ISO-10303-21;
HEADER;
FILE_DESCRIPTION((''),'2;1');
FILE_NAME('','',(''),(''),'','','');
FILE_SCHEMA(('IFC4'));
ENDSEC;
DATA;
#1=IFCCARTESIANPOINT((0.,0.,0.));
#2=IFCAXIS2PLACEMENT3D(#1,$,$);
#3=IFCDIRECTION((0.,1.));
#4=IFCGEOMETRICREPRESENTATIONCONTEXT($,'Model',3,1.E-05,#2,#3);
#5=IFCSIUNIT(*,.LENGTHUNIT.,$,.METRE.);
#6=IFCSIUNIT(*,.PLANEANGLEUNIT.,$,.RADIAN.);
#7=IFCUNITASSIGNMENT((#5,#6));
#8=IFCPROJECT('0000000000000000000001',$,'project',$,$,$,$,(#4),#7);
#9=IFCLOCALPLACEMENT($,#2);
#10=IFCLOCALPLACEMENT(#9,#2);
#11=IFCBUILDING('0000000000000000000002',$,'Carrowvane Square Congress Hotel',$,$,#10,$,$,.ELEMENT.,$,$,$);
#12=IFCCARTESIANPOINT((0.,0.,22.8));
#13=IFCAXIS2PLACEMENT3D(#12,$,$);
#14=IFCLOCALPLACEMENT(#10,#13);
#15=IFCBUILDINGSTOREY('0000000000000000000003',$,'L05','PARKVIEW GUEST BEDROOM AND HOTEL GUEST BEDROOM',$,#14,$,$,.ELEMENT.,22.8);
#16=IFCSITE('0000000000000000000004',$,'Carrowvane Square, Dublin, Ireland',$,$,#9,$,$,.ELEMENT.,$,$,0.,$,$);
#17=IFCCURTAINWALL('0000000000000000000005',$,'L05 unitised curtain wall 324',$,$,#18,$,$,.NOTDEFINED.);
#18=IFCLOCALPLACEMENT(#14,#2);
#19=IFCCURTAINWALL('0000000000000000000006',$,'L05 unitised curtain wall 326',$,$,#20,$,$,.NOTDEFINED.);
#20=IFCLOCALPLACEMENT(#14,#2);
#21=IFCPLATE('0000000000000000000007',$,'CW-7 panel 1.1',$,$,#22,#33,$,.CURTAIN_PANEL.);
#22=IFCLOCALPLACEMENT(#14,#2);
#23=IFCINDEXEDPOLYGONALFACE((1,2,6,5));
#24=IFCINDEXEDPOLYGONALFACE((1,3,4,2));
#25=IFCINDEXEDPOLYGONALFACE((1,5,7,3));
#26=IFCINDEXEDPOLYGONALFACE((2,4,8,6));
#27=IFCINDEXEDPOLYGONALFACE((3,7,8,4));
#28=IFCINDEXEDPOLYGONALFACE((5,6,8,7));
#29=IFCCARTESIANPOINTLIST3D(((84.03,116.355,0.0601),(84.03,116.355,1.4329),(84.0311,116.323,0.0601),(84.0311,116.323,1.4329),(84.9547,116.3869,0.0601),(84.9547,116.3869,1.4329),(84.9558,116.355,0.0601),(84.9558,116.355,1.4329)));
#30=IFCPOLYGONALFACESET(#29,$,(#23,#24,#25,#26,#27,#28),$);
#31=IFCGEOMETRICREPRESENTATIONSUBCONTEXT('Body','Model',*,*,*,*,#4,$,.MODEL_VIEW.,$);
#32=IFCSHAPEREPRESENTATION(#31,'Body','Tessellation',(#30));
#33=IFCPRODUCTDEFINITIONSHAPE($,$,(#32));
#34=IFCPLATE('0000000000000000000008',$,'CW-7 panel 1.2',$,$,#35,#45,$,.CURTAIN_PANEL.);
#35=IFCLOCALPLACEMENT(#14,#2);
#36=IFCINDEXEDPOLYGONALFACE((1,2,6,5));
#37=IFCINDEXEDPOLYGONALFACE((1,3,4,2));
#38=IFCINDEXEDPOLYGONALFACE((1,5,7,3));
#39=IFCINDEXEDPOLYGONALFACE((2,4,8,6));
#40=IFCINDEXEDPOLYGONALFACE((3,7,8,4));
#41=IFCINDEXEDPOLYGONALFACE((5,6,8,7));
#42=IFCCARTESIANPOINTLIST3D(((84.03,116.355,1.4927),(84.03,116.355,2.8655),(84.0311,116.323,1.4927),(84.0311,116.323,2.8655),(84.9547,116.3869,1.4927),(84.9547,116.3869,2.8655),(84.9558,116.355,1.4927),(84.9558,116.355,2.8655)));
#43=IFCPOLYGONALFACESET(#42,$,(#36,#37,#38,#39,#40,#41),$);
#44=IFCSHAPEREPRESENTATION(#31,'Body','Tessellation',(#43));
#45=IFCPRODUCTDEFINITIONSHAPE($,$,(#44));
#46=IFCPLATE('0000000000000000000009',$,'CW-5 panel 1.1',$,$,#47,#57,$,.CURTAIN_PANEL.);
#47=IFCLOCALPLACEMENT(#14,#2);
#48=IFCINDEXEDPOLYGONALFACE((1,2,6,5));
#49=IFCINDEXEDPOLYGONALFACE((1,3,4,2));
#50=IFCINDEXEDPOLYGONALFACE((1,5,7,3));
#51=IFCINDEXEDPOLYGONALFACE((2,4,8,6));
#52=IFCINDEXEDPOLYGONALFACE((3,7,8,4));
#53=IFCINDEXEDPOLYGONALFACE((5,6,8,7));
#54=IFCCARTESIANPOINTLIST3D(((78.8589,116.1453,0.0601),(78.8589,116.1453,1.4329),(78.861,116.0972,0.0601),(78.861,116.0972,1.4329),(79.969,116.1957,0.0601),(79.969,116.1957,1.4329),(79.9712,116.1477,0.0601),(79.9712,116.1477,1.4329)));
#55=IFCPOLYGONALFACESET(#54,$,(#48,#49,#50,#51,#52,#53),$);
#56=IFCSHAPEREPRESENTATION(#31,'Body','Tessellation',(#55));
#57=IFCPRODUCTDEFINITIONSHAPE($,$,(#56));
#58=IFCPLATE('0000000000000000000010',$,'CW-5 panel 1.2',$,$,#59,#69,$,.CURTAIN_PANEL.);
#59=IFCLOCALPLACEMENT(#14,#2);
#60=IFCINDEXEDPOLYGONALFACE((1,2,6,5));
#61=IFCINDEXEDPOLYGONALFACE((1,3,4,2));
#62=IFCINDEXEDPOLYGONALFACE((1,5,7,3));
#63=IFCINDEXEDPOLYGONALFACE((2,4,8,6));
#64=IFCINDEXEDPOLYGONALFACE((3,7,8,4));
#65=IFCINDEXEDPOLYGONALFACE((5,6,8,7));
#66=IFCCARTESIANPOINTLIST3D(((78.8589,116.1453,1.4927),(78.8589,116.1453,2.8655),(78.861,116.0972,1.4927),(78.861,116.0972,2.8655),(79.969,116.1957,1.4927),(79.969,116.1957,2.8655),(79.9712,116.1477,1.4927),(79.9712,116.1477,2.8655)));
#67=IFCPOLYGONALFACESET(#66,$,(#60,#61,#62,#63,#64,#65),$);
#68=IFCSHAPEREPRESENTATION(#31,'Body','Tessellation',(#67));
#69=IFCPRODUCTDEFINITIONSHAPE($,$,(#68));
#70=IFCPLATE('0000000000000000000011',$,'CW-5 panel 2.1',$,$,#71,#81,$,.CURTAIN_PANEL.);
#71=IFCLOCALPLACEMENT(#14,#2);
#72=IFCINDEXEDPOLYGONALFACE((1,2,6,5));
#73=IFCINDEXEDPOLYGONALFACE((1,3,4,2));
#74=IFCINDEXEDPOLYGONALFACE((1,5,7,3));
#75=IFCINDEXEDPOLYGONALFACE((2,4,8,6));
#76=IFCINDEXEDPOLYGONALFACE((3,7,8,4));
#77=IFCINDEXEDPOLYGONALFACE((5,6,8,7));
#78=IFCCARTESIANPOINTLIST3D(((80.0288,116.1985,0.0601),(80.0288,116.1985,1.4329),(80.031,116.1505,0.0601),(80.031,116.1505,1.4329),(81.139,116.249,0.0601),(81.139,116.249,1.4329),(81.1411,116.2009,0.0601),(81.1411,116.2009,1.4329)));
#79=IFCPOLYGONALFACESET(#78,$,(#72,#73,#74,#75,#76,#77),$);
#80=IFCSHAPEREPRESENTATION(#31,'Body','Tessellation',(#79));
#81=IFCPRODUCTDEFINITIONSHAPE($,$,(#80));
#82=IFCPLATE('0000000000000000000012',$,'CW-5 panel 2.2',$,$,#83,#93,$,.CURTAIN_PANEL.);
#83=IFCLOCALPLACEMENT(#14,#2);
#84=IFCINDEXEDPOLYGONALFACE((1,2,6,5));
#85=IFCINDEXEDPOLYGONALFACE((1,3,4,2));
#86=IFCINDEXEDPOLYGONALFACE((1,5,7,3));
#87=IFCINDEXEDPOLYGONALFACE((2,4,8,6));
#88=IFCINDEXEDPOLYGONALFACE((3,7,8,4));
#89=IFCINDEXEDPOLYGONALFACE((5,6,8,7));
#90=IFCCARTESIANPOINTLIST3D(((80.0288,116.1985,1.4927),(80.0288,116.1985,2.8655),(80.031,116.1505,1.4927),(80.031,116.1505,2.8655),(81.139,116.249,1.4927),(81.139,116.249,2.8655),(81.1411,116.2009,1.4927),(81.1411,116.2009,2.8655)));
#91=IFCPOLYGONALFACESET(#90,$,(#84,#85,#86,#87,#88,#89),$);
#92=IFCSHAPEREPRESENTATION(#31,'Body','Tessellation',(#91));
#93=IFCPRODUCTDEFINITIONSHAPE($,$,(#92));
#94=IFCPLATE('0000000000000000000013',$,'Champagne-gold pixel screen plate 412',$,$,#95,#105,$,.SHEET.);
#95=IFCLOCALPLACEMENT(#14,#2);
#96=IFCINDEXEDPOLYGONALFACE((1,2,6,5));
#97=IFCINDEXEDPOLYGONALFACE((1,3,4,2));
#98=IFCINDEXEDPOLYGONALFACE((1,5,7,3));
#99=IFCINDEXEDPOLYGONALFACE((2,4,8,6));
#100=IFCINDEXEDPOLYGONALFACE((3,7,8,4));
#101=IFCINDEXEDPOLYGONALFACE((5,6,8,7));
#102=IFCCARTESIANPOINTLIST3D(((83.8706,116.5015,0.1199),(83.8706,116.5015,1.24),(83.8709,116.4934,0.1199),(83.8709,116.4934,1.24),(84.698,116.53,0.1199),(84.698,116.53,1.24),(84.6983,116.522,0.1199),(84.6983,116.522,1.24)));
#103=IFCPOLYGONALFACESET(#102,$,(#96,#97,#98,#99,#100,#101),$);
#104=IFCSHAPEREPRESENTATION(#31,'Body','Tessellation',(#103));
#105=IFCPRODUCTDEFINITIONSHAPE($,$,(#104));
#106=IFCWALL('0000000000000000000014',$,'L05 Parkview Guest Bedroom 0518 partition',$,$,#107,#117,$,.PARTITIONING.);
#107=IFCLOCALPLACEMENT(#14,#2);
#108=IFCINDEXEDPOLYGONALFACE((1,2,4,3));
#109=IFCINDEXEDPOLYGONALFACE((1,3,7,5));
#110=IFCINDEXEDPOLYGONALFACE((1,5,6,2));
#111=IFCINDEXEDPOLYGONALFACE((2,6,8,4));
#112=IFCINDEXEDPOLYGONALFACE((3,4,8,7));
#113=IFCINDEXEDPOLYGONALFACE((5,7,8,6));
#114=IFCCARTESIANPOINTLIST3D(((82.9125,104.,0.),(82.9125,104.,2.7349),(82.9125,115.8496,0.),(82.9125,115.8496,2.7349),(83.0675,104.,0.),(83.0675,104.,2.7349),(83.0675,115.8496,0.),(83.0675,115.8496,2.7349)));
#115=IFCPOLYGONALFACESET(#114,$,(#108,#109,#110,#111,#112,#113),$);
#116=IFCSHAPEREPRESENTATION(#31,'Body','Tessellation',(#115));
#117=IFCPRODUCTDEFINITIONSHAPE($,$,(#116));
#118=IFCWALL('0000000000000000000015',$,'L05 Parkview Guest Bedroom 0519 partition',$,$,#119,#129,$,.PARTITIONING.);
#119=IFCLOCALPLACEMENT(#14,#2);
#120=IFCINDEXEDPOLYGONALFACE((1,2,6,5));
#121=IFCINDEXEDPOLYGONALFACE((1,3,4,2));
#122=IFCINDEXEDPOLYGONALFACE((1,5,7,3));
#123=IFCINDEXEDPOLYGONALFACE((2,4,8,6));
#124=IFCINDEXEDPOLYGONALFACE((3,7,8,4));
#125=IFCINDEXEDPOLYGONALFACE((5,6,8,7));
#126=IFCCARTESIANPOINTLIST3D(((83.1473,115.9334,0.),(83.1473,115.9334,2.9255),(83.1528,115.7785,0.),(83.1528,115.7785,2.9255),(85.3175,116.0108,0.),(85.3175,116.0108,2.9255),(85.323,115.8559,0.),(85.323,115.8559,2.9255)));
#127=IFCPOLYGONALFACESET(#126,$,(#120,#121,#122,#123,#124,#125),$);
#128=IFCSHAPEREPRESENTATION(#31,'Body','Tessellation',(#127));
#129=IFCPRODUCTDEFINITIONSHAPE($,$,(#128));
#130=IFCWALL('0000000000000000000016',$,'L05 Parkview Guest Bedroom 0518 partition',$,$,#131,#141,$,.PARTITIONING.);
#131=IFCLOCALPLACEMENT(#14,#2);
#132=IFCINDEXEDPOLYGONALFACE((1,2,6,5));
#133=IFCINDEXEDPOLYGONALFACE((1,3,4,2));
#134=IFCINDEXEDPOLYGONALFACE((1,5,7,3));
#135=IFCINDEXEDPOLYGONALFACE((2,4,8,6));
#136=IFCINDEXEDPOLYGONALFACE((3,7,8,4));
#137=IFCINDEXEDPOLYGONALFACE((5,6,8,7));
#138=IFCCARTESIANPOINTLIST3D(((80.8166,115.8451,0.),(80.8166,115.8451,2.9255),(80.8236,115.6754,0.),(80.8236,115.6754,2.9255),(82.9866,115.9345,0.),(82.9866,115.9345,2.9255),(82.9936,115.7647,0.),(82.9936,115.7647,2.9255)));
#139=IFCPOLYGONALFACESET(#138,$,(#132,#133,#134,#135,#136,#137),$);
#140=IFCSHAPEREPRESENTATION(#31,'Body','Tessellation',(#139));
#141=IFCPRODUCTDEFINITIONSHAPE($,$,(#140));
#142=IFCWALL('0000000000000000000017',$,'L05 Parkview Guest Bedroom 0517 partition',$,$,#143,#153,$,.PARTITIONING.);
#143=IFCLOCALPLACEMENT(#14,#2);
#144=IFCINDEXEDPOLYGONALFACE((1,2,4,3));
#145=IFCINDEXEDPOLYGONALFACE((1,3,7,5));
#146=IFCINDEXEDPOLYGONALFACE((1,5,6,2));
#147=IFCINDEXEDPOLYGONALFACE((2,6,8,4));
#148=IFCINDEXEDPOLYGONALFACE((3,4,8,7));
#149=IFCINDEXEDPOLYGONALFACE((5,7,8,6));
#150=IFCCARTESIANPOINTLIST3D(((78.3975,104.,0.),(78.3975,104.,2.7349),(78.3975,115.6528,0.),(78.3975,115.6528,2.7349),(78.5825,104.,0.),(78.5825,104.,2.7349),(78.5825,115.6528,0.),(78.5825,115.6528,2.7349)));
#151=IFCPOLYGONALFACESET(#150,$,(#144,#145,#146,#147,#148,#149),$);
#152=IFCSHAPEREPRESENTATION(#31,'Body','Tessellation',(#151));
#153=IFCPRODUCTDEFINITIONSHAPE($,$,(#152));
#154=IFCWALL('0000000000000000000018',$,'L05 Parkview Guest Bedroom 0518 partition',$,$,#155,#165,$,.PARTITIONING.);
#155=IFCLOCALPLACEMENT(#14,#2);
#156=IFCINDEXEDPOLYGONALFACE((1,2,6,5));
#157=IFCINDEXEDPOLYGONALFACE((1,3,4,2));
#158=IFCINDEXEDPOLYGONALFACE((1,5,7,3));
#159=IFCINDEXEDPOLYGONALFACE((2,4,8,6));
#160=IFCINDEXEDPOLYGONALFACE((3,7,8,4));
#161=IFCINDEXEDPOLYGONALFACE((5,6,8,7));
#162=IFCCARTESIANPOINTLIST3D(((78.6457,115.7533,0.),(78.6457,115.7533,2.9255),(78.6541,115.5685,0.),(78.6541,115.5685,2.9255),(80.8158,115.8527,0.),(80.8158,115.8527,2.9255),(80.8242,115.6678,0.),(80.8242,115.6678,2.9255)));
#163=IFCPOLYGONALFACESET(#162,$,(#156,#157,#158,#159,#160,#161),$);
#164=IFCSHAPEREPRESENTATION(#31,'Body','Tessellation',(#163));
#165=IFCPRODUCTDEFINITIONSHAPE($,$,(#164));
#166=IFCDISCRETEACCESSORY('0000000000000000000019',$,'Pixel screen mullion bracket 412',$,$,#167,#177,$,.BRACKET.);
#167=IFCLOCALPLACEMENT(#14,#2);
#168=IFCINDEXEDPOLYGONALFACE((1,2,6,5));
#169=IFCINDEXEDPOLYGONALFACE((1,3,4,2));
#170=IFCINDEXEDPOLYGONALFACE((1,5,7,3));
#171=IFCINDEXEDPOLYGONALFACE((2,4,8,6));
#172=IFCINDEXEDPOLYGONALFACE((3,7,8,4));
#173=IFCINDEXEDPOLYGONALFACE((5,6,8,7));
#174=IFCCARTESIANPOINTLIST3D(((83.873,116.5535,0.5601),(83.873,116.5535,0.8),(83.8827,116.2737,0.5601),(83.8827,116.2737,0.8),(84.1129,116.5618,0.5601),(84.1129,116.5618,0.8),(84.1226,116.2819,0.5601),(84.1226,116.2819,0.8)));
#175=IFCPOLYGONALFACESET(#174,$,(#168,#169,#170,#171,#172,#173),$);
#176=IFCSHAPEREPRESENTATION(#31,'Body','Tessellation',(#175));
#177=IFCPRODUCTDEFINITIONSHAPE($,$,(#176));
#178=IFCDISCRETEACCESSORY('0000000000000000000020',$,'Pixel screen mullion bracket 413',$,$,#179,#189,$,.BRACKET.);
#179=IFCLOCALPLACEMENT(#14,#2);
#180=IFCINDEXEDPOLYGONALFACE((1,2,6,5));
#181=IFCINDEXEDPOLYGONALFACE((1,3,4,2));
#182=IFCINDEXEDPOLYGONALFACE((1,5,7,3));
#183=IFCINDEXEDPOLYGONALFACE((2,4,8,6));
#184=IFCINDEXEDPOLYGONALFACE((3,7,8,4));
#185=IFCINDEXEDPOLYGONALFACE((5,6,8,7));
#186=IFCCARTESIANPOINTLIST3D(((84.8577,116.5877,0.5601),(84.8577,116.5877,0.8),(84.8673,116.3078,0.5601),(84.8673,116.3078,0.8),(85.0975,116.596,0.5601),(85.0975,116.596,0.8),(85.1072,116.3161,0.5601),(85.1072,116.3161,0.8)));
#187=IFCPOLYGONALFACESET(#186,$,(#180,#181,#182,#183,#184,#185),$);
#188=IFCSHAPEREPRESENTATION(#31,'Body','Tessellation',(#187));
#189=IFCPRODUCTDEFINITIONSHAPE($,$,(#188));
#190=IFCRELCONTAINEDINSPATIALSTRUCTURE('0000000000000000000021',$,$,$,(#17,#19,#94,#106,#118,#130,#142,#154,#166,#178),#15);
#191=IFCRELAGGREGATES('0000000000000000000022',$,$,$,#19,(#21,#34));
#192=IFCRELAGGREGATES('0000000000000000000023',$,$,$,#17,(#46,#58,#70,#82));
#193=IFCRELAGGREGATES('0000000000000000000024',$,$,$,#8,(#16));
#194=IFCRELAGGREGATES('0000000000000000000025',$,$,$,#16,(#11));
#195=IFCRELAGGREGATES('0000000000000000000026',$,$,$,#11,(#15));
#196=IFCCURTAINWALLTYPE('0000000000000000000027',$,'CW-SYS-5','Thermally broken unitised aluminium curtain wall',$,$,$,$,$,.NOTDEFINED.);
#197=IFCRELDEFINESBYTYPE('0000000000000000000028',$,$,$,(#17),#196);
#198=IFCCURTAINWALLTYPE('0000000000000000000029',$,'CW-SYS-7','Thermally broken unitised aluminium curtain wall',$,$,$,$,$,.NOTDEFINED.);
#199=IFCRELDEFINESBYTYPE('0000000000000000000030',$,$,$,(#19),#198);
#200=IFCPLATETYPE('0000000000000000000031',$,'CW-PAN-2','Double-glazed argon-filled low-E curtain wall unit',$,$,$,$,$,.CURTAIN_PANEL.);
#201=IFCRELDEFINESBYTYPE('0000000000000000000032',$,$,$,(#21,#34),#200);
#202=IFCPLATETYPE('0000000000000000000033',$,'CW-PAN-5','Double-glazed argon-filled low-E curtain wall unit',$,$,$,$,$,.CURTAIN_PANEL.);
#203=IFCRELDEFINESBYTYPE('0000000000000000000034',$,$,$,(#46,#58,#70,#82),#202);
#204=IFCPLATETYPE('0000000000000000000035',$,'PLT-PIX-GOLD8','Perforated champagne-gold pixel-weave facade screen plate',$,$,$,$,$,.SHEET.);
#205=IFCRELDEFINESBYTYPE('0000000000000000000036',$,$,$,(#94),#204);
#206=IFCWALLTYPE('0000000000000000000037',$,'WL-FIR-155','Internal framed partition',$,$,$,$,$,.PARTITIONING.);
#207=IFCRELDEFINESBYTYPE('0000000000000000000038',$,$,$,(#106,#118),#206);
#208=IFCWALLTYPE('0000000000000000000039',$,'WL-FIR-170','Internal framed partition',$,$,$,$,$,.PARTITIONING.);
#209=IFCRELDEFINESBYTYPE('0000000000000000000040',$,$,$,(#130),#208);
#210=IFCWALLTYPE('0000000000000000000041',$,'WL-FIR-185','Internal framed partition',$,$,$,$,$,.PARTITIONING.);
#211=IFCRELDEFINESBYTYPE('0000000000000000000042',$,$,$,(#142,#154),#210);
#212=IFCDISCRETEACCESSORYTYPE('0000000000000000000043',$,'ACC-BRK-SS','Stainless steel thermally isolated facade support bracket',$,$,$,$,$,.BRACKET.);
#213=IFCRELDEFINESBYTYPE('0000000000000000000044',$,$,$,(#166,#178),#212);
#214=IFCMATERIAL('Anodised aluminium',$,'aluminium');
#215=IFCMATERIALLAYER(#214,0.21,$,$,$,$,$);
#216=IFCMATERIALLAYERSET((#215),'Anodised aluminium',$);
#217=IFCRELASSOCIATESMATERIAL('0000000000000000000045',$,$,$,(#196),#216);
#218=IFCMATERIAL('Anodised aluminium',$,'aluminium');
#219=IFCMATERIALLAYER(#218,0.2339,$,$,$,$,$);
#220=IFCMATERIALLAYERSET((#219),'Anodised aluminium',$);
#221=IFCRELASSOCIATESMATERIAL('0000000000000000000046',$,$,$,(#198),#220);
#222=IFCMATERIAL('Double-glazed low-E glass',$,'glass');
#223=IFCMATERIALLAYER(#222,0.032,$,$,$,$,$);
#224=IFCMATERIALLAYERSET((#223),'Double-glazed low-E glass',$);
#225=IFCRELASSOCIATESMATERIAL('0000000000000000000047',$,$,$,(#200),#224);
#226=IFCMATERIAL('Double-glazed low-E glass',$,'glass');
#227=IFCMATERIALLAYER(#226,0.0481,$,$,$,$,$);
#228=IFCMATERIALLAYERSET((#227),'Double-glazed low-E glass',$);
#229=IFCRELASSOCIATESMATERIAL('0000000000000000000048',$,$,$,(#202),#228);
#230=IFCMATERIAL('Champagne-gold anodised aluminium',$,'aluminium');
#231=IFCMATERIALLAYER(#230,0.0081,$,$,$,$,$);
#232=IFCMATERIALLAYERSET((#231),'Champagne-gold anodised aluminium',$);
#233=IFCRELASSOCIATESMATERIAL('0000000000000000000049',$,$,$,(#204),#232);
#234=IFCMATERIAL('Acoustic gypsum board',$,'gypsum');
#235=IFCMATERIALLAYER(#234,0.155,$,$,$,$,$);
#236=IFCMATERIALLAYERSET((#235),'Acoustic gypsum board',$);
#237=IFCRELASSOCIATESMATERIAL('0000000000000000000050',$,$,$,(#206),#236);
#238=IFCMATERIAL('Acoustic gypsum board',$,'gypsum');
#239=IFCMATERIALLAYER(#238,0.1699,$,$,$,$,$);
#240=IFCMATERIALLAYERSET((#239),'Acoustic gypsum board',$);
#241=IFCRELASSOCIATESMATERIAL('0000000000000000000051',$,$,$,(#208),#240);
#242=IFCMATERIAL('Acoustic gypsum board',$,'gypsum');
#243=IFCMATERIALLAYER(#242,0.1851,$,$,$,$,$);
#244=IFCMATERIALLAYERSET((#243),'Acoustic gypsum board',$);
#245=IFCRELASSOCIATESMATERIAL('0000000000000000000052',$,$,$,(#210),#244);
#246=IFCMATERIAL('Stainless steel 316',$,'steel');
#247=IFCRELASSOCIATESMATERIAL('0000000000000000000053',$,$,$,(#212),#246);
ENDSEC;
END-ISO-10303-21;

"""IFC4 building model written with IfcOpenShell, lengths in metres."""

from ifc_helpers import new_model, si_unit, direction, frame, frame_2d, origin, origin_2d, place, context, subcontext, project, spatial, rectangle, extrude, material, layer, layer_set, type_object, element, aggregate, save


model = new_model("IFC4")

# Units and contexts
model_context = context("Model", 3, precision=1e-05, world=origin(), true_north=direction((0.0, 1.0)))
body_context = subcontext(model_context, "Body", "Model", "MODEL_VIEW")
ifc_project = project(units=[si_unit("LENGTHUNIT", "METRE"), si_unit("PLANEANGLEUNIT", "RADIAN")], contexts=[model_context])

# Site, building, storey
site_placement = place(None, origin())
site = spatial("IfcSite", under=ifc_project, at=site_placement, Name="Carrowvane Square, Dublin, Ireland", CompositionType="ELEMENT", RefElevation=0.0)
building_placement = place(site_placement, origin())
building = spatial("IfcBuilding", under=site, at=building_placement, Name="Carrowvane Square Congress Hotel", CompositionType="ELEMENT")
storey_placement = place(building_placement, frame((0.0, 0.0, 22.8)))
storey = spatial("IfcBuildingStorey", under=building, at=storey_placement, Name="L05", Description="PARKVIEW GUEST BEDROOM AND HOTEL GUEST BEDROOM", CompositionType="ELEMENT", Elevation=22.8)

# Curtain wall
ifc_material_1 = material(Name="Anodised aluminium", Category="aluminium")
ifc_layer_1 = layer(ifc_material_1, 0.21)
ifc_layer_set_1 = layer_set([ifc_layer_1], Name="Anodised aluminium")
curtain_wall_type_1 = type_object("IfcCurtainWallType", Name="CW-SYS-5", Description="Thermally broken unitised aluminium curtain wall", PredefinedType="NOTDEFINED", material=ifc_layer_set_1)
curtain_wall_1_placement = place(storey_placement, origin())
curtain_wall_1 = element("IfcCurtainWall", 1, at=curtain_wall_1_placement, inside=storey, type_object=curtain_wall_type_1, Name="L05 unitised curtain wall 324", PredefinedType="NOTDEFINED")

# Curtain wall
ifc_material_2 = material(Name="Anodised aluminium", Category="aluminium")
ifc_layer_2 = layer(ifc_material_2, 0.2339)
ifc_layer_set_2 = layer_set([ifc_layer_2], Name="Anodised aluminium")
curtain_wall_type_2 = type_object("IfcCurtainWallType", Name="CW-SYS-7", Description="Thermally broken unitised aluminium curtain wall", PredefinedType="NOTDEFINED", material=ifc_layer_set_2)
curtain_wall_2_placement = place(storey_placement, origin())
curtain_wall_2 = element("IfcCurtainWall", 2, at=curtain_wall_2_placement, inside=storey, type_object=curtain_wall_type_2, Name="L05 unitised curtain wall 326", PredefinedType="NOTDEFINED")

# Plates
ifc_material_3 = material(Name="Double-glazed low-E glass", Category="glass")
ifc_layer_3 = layer(ifc_material_3, 0.032)
ifc_layer_set_3 = layer_set([ifc_layer_3], Name="Double-glazed low-E glass")
plate_type_1 = type_object("IfcPlateType", Name="CW-PAN-2", Description="Double-glazed argon-filled low-E curtain wall unit", PredefinedType="CURTAIN_PANEL", material=ifc_layer_set_3)
plate_1_placement = place(storey_placement, frame((84.4929, 116.355, 0.0601), z_axis=(0.0, 0.0, 1.0), x_axis=(0.999404, 0.034527, 0.0)))
plate_1 = element("IfcPlate", 3, at=plate_1_placement, type_object=plate_type_1, Name="CW-7 panel 1.1", PredefinedType="CURTAIN_PANEL", context=body_context, shape_type="SweptSolid", body=[
    extrude(rectangle(XDim=0.9253, YDim=0.032, at=origin_2d()), origin(), (0.0, 0.0, 1.0), 1.3728),
])
plate_2_placement = place(storey_placement, frame((84.4929, 116.355, 1.4927), z_axis=(0.0, 0.0, 1.0), x_axis=(0.999404, 0.034527, 0.0)))
plate_2 = element("IfcPlate", 4, at=plate_2_placement, type_object=plate_type_1, Name="CW-7 panel 1.2", PredefinedType="CURTAIN_PANEL", context=body_context, shape_type="SweptSolid", body=[
    extrude(rectangle(XDim=0.9253, YDim=0.032, at=origin_2d()), origin(), (0.0, 0.0, 1.0), 1.3728),
])
aggregate(curtain_wall_2, [plate_1, plate_2])
ifc_material_4 = material(Name="Double-glazed low-E glass", Category="glass")
ifc_layer_4 = layer(ifc_material_4, 0.0481)
ifc_layer_set_4 = layer_set([ifc_layer_4], Name="Double-glazed low-E glass")
plate_type_2 = type_object("IfcPlateType", Name="CW-PAN-5", Description="Double-glazed argon-filled low-E curtain wall unit", PredefinedType="CURTAIN_PANEL", material=ifc_layer_set_4)
plate_3_placement = place(storey_placement, frame((79.415, 116.1465, 0.0601), z_axis=(0.0, 0.0, 1.0), x_axis=(0.998968, 0.045411, 0.0)))
plate_3 = element("IfcPlate", 5, at=plate_3_placement, type_object=plate_type_2, Name="CW-5 panel 1.1", PredefinedType="CURTAIN_PANEL", context=body_context, shape_type="SweptSolid", body=[
    extrude(rectangle(XDim=1.1113, YDim=0.0481, at=origin_2d()), origin(), (0.0, 0.0, 1.0), 1.3728),
])
plate_4_placement = place(storey_placement, frame((79.415, 116.1465, 1.4927), z_axis=(0.0, 0.0, 1.0), x_axis=(0.998968, 0.045411, 0.0)))
plate_4 = element("IfcPlate", 6, at=plate_4_placement, type_object=plate_type_2, Name="CW-5 panel 1.2", PredefinedType="CURTAIN_PANEL", context=body_context, shape_type="SweptSolid", body=[
    extrude(rectangle(XDim=1.1113, YDim=0.0481, at=origin_2d()), origin(), (0.0, 0.0, 1.0), 1.3728),
])
plate_5_placement = place(storey_placement, frame((80.585, 116.1997, 0.0601), z_axis=(0.0, 0.0, 1.0), x_axis=(0.998968, 0.045411, 0.0)))
plate_5 = element("IfcPlate", 7, at=plate_5_placement, type_object=plate_type_2, Name="CW-5 panel 2.1", PredefinedType="CURTAIN_PANEL", context=body_context, shape_type="SweptSolid", body=[
    extrude(rectangle(XDim=1.1113, YDim=0.0481, at=origin_2d()), origin(), (0.0, 0.0, 1.0), 1.3728),
])
plate_6_placement = place(storey_placement, frame((80.585, 116.1997, 1.4927), z_axis=(0.0, 0.0, 1.0), x_axis=(0.998968, 0.045411, 0.0)))
plate_6 = element("IfcPlate", 8, at=plate_6_placement, type_object=plate_type_2, Name="CW-5 panel 2.2", PredefinedType="CURTAIN_PANEL", context=body_context, shape_type="SweptSolid", body=[
    extrude(rectangle(XDim=1.1113, YDim=0.0481, at=origin_2d()), origin(), (0.0, 0.0, 1.0), 1.3728),
])
aggregate(curtain_wall_1, [plate_3, plate_4, plate_5, plate_6])
ifc_material_5 = material(Name="Champagne-gold anodised aluminium", Category="aluminium")
ifc_layer_5 = layer(ifc_material_5, 0.0081)
ifc_layer_set_5 = layer_set([ifc_layer_5], Name="Champagne-gold anodised aluminium")
plate_type_3 = type_object("IfcPlateType", Name="PLT-PIX-GOLD8", Description="Perforated champagne-gold pixel-weave facade screen plate", PredefinedType="SHEET", material=ifc_layer_set_5)
plate_7_placement = place(storey_placement, frame((84.2844, 116.5117, 0.1199), z_axis=(0.0, 0.0, 1.0), x_axis=(0.999404, 0.034527, 0.0)))
element("IfcPlate", 9, at=plate_7_placement, inside=storey, type_object=plate_type_3, Name="Champagne-gold pixel screen plate 412", PredefinedType="SHEET", context=body_context, shape_type="SweptSolid", body=[
    extrude(rectangle(XDim=0.8279, YDim=0.0081, at=origin_2d()), origin(), (0.0, 0.0, 1.0), 1.1201),
])

# Walls
ifc_material_6 = material(Name="Acoustic gypsum board", Category="gypsum")
ifc_layer_6 = layer(ifc_material_6, 0.155)
ifc_layer_set_6 = layer_set([ifc_layer_6], Name="Acoustic gypsum board")
wall_type_1 = type_object("IfcWallType", Name="WL-FIR-155", Description="Internal framed partition", PredefinedType="PARTITIONING", material=ifc_layer_set_6)
wall_1_placement = place(storey_placement, frame((82.99, 115.8496, 0.0), z_axis=(0.0, 0.0, 1.0), x_axis=(0.0, -1.0, 0.0)))
element("IfcWall", 10, at=wall_1_placement, inside=storey, type_object=wall_type_1, Name="L05 Parkview Guest Bedroom 0518 partition", PredefinedType="PARTITIONING", context=body_context, shape_type="SweptSolid", body=[
    extrude(rectangle(XDim=11.8496, YDim=0.155, at=frame_2d((5.9248, 0.0))), origin(), (0.0, 0.0, 1.0), 2.7349),
])
wall_2_placement = place(storey_placement, frame((83.1499, 115.856, 0.0), z_axis=(0.0, 0.0, 1.0), x_axis=(0.999365, 0.035639, 0.0)))
element("IfcWall", 11, at=wall_2_placement, inside=storey, type_object=wall_type_1, Name="L05 Parkview Guest Bedroom 0519 partition", PredefinedType="PARTITIONING", context=body_context, shape_type="SweptSolid", body=[
    extrude(rectangle(XDim=2.1716, YDim=0.155, at=frame_2d((1.0859, 0.0))), origin(), (0.0, 0.0, 1.0), 2.9255),
])
ifc_material_7 = material(Name="Acoustic gypsum board", Category="gypsum")
ifc_layer_7 = layer(ifc_material_7, 0.1699)
ifc_layer_set_7 = layer_set([ifc_layer_7], Name="Acoustic gypsum board")
wall_type_2 = type_object("IfcWallType", Name="WL-FIR-170", Description="Internal framed partition", PredefinedType="PARTITIONING", material=ifc_layer_set_7)
wall_3_placement = place(storey_placement, frame((80.8201, 115.7603, 0.0), z_axis=(0.0, 0.0, 1.0), x_axis=(0.999153, 0.041144, 0.0)))
element("IfcWall", 12, at=wall_3_placement, inside=storey, type_object=wall_type_2, Name="L05 Parkview Guest Bedroom 0518 partition", PredefinedType="PARTITIONING", context=body_context, shape_type="SweptSolid", body=[
    extrude(rectangle(XDim=2.1719, YDim=0.1699, at=frame_2d((1.0859, 0.0))), origin(), (0.0, 0.0, 1.0), 2.9255),
])
ifc_material_8 = material(Name="Acoustic gypsum board", Category="gypsum")
ifc_layer_8 = layer(ifc_material_8, 0.1851)
ifc_layer_set_8 = layer_set([ifc_layer_8], Name="Acoustic gypsum board")
wall_type_3 = type_object("IfcWallType", Name="WL-FIR-185", Description="Internal framed partition", PredefinedType="PARTITIONING", material=ifc_layer_set_8)
wall_4_placement = place(storey_placement, frame((78.49, 115.6528, 0.0), z_axis=(0.0, 0.0, 1.0), x_axis=(0.0, -1.0, 0.0)))
element("IfcWall", 13, at=wall_4_placement, inside=storey, type_object=wall_type_3, Name="L05 Parkview Guest Bedroom 0517 partition", PredefinedType="PARTITIONING", context=body_context, shape_type="SweptSolid", body=[
    extrude(rectangle(XDim=11.6528, YDim=0.1851, at=frame_2d((5.8264, 0.0))), origin(), (0.0, 0.0, 1.0), 2.7349),
])
wall_5_placement = place(storey_placement, frame((78.6499, 115.6609, 0.0), z_axis=(0.0, 0.0, 1.0), x_axis=(0.998953, 0.045739, 0.0)))
element("IfcWall", 14, at=wall_5_placement, inside=storey, type_object=wall_type_3, Name="L05 Parkview Guest Bedroom 0518 partition", PredefinedType="PARTITIONING", context=body_context, shape_type="SweptSolid", body=[
    extrude(rectangle(XDim=2.1724, YDim=0.1851, at=frame_2d((1.0862, 0.0))), origin(), (0.0, 0.0, 1.0), 2.9255),
])

# Discrete accessories
ifc_material_9 = material(Name="Stainless steel 316", Category="steel")
discrete_accessory_type = type_object("IfcDiscreteAccessoryType", Name="ACC-BRK-SS", Description="Stainless steel thermally isolated facade support bracket", PredefinedType="BRACKET", material=ifc_material_9)
for number, where, z_axis, x_axis, name in (
    (15, (83.9978, 116.4177, 0.5601), (0.0, 0.0, 1.0), (0.999404, 0.034527, 0.0), "Pixel screen mullion bracket 412"),
    (16, (84.9824, 116.4519, 0.5601), (0.0, 0.0, 1.0), (0.999404, 0.034527, 0.0), "Pixel screen mullion bracket 413"),
):
    element("IfcDiscreteAccessory", number, at=place(storey_placement, frame(where, z_axis=z_axis, x_axis=x_axis)), inside=storey, type_object=discrete_accessory_type, Name=name, PredefinedType="BRACKET", context=body_context, shape_type="SweptSolid", body=[
        extrude(rectangle(XDim=0.24, YDim=0.28, at=origin_2d()), origin(), (0.0, 0.0, 1.0), 0.24),
    ])

save(model, "model.ifc")
